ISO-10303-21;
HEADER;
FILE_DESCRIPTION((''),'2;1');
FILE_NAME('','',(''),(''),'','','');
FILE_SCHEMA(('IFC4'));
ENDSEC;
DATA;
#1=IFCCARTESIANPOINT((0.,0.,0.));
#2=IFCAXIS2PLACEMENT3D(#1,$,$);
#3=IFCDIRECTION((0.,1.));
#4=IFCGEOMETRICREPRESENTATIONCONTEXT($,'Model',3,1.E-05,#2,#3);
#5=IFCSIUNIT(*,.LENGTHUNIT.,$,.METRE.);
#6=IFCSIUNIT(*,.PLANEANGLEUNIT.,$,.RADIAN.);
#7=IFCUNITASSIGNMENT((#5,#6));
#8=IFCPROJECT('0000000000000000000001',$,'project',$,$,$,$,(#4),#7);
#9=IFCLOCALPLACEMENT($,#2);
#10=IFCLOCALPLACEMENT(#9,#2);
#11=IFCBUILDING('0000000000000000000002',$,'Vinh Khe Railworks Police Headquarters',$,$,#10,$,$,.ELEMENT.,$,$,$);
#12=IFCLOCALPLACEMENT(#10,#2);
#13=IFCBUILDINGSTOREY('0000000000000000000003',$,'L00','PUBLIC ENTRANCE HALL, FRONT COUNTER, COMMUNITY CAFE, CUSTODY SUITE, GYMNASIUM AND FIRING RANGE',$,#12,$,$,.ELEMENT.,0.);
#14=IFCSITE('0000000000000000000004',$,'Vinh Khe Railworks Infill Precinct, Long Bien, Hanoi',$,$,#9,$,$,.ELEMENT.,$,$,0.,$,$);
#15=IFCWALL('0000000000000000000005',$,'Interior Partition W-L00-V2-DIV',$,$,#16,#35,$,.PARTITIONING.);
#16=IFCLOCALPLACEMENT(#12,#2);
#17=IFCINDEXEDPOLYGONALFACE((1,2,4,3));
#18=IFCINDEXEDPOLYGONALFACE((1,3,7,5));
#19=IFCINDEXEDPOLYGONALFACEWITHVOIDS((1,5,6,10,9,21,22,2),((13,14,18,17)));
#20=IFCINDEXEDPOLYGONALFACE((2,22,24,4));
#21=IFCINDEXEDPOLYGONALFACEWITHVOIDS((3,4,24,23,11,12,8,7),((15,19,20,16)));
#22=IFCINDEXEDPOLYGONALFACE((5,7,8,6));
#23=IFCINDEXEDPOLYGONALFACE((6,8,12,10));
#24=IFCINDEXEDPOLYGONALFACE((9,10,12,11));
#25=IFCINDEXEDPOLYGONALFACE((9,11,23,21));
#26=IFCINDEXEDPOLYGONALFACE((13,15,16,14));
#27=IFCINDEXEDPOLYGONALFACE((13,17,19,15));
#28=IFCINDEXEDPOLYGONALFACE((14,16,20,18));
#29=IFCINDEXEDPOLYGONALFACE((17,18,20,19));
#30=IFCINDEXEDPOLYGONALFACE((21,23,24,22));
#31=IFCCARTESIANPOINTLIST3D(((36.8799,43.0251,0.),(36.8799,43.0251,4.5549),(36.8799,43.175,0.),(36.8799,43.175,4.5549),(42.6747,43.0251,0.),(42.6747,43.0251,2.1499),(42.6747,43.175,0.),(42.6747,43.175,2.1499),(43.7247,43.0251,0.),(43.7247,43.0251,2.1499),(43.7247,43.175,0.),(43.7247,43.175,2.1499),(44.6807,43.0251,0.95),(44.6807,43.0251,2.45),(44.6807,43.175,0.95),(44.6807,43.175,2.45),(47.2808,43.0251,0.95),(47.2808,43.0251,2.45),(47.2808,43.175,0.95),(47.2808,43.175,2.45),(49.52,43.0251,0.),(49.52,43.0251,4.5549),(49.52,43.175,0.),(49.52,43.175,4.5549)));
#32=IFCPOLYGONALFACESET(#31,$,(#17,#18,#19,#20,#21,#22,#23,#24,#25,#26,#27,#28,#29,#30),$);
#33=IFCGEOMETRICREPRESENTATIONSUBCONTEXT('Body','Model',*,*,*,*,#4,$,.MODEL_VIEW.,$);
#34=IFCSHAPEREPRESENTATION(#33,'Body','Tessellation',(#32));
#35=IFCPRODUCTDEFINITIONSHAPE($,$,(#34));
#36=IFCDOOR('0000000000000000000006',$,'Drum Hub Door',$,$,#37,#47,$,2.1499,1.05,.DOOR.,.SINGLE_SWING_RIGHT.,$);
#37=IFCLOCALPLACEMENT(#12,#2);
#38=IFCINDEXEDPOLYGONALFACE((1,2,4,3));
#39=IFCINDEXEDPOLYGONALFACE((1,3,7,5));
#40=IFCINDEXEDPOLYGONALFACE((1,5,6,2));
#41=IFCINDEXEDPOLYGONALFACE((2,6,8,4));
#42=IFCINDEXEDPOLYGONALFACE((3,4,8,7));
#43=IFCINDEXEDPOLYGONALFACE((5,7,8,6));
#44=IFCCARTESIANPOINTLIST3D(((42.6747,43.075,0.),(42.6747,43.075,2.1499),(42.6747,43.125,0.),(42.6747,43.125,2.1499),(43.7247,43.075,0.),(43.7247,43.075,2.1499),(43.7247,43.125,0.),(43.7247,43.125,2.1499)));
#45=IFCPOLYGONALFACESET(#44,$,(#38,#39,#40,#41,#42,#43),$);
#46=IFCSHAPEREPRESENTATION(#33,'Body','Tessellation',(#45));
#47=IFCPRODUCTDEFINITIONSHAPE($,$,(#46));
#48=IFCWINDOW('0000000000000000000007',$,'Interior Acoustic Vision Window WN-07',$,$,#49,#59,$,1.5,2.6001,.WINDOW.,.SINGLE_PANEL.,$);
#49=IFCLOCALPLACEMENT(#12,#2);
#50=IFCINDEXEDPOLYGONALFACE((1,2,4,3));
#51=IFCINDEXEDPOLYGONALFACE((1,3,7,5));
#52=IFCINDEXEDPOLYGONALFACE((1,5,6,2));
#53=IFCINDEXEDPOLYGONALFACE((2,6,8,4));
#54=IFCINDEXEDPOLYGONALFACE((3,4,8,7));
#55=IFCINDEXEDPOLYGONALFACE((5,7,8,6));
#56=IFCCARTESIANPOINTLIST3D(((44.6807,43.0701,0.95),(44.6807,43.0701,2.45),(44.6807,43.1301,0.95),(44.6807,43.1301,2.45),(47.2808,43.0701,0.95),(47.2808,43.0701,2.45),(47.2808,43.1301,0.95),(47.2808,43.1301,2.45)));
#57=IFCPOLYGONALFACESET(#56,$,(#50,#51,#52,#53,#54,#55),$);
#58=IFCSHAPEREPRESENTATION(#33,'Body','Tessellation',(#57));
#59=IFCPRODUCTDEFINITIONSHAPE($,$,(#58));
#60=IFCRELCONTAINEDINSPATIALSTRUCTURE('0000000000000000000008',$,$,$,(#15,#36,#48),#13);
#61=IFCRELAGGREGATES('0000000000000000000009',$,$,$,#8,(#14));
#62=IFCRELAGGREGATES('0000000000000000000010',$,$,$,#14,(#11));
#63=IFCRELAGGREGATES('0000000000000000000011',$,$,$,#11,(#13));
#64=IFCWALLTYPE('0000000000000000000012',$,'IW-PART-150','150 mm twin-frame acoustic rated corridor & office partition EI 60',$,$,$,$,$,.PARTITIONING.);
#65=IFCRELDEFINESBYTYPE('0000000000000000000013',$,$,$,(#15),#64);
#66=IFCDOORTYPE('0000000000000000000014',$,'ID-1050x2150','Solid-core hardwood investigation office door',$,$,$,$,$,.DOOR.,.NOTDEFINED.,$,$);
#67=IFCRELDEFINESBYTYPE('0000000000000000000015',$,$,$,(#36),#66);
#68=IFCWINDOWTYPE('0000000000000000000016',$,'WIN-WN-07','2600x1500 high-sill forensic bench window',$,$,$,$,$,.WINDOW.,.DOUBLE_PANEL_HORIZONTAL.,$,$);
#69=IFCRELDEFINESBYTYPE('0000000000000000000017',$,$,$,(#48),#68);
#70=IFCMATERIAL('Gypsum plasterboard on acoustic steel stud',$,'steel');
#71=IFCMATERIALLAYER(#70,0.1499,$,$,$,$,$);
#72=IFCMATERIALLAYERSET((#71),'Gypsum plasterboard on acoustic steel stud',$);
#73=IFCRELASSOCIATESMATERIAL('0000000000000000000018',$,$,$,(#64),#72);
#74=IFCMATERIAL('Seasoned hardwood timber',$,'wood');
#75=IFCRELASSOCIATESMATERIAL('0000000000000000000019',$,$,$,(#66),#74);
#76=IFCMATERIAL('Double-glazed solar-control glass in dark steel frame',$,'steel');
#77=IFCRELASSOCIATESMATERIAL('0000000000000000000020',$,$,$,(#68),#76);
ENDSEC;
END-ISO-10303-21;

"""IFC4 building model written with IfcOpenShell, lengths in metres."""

from ifc_helpers import new_model, si_unit, direction, frame, frame_2d, origin, place, context, subcontext, project, spatial, rectangle, extrude, material, layer, layer_set, type_object, element, fill, save


model = new_model("IFC4")

# Units and contexts
model_context = context("Model", 3, precision=1e-05, world=origin(), true_north=direction((0.0, 1.0)))
body_context = subcontext(model_context, "Body", "Model", "MODEL_VIEW")
ifc_project = project(units=[si_unit("LENGTHUNIT", "METRE"), si_unit("PLANEANGLEUNIT", "RADIAN")], contexts=[model_context])

# Site, building, storey
site_placement = place(None, origin())
site = spatial("IfcSite", under=ifc_project, at=site_placement, Name="Vinh Khe Railworks Infill Precinct, Long Bien, Hanoi", CompositionType="ELEMENT", RefElevation=0.0)
building_placement = place(site_placement, origin())
building = spatial("IfcBuilding", under=site, at=building_placement, Name="Vinh Khe Railworks Police Headquarters", CompositionType="ELEMENT")
storey_placement = place(building_placement, origin())
storey = spatial("IfcBuildingStorey", under=building, at=storey_placement, Name="L00", Description="PUBLIC ENTRANCE HALL, FRONT COUNTER, COMMUNITY CAFE, CUSTODY SUITE, GYMNASIUM AND FIRING RANGE", CompositionType="ELEMENT", Elevation=0.0)

# Shared definitions
ifc_material_1 = material(Name="Double-glazed solar-control glass in dark steel frame", Category="steel")

# Wall, openings, door, window
ifc_material_2 = material(Name="Gypsum plasterboard on acoustic steel stud", Category="steel")
ifc_layer_1 = layer(ifc_material_2, 0.1499)
ifc_layer_set_1 = layer_set([ifc_layer_1], Name="Gypsum plasterboard on acoustic steel stud")
wall_type_1 = type_object("IfcWallType", Name="IW-PART-150", Description="150 mm twin-frame acoustic rated corridor & office partition EI 60", PredefinedType="PARTITIONING", material=ifc_layer_set_1)
wall_1_placement = place(storey_placement, frame((36.8799, 43.1001, 0.0), z_axis=(0.0, 0.0, 1.0), x_axis=(1.0, 0.0, 0.0)))
wall_1 = element("IfcWall", 1, at=wall_1_placement, inside=storey, type_object=wall_type_1, Name="Interior Partition W-L00-V2-DIV", PredefinedType="PARTITIONING", context=body_context, shape_type="SweptSolid", body=[
    extrude(rectangle(XDim=12.6401, YDim=0.1499, at=frame_2d((6.3201, 0.0))), origin(), (0.0, 0.0, 1.0), 4.5549),
])
opening_1_placement = place(wall_1_placement, frame((5.7949, 0.0, 0.0)))
opening_1 = element("IfcOpeningElement", 2, at=opening_1_placement, cuts=wall_1, PredefinedType="OPENING", context=body_context, shape_type="SweptSolid", body=[
    extrude(rectangle(XDim=1.05, YDim=2.1499, at=frame_2d((0.5249, 1.075))), frame((0.0, 0.0898, 0.0), z_axis=(0.0, -1.0, 0.0), x_axis=(1.0, 0.0, 0.0)), (0.0, 0.0, 1.0), 0.1797),
])
opening_2_placement = place(wall_1_placement, frame((7.8008, 0.0, 0.95)))
opening_2 = element("IfcOpeningElement", 3, at=opening_2_placement, cuts=wall_1, PredefinedType="OPENING", context=body_context, shape_type="SweptSolid", body=[
    extrude(rectangle(XDim=2.6001, YDim=1.5, at=frame_2d((1.3, 0.75))), frame((0.0, 0.0898, 0.0), z_axis=(0.0, -1.0, 0.0), x_axis=(1.0, 0.0, 0.0)), (0.0, 0.0, 1.0), 0.1797),
])
ifc_material_3 = material(Name="Seasoned hardwood timber", Category="wood")
door_type_1 = type_object("IfcDoorType", Name="ID-1050x2150", Description="Solid-core hardwood investigation office door", OperationType="NOTDEFINED", PredefinedType="DOOR", material=ifc_material_3)
door_1_placement = place(opening_1_placement, origin())
door_1 = element("IfcDoor", 4, at=door_1_placement, inside=storey, type_object=door_type_1, Name="Drum Hub Door", OperationType="SINGLE_SWING_RIGHT", OverallHeight=2.1499, OverallWidth=1.05, PredefinedType="DOOR", context=body_context, shape_type="SweptSolid", body=[
    extrude(rectangle(XDim=1.05, YDim=2.1499, at=frame_2d((0.5249, 1.075))), frame((0.0, 0.0249, 0.0), z_axis=(0.0, -1.0, 0.0), x_axis=(1.0, 0.0, 0.0)), (0.0, 0.0, 1.0), 0.05),
])
fill(opening_1, door_1)
window_type_1 = type_object("IfcWindowType", Name="WIN-WN-07", Description="2600x1500 high-sill forensic bench window", PartitioningType="DOUBLE_PANEL_HORIZONTAL", PredefinedType="WINDOW", material=ifc_material_1)
window_1_placement = place(opening_2_placement, origin())
window_1 = element("IfcWindow", 5, at=window_1_placement, inside=storey, type_object=window_type_1, Name="Interior Acoustic Vision Window WN-07", OverallHeight=1.5, OverallWidth=2.6001, PartitioningType="SINGLE_PANEL", PredefinedType="WINDOW", context=body_context, shape_type="SweptSolid", body=[
    extrude(rectangle(XDim=2.6001, YDim=1.5, at=frame_2d((1.3, 0.75))), frame((0.0, 0.03, 0.0), z_axis=(0.0, -1.0, 0.0), x_axis=(1.0, 0.0, 0.0)), (0.0, 0.0, 1.0), 0.0601),
])
fill(opening_2, window_1)

save(model, "model.ifc")
